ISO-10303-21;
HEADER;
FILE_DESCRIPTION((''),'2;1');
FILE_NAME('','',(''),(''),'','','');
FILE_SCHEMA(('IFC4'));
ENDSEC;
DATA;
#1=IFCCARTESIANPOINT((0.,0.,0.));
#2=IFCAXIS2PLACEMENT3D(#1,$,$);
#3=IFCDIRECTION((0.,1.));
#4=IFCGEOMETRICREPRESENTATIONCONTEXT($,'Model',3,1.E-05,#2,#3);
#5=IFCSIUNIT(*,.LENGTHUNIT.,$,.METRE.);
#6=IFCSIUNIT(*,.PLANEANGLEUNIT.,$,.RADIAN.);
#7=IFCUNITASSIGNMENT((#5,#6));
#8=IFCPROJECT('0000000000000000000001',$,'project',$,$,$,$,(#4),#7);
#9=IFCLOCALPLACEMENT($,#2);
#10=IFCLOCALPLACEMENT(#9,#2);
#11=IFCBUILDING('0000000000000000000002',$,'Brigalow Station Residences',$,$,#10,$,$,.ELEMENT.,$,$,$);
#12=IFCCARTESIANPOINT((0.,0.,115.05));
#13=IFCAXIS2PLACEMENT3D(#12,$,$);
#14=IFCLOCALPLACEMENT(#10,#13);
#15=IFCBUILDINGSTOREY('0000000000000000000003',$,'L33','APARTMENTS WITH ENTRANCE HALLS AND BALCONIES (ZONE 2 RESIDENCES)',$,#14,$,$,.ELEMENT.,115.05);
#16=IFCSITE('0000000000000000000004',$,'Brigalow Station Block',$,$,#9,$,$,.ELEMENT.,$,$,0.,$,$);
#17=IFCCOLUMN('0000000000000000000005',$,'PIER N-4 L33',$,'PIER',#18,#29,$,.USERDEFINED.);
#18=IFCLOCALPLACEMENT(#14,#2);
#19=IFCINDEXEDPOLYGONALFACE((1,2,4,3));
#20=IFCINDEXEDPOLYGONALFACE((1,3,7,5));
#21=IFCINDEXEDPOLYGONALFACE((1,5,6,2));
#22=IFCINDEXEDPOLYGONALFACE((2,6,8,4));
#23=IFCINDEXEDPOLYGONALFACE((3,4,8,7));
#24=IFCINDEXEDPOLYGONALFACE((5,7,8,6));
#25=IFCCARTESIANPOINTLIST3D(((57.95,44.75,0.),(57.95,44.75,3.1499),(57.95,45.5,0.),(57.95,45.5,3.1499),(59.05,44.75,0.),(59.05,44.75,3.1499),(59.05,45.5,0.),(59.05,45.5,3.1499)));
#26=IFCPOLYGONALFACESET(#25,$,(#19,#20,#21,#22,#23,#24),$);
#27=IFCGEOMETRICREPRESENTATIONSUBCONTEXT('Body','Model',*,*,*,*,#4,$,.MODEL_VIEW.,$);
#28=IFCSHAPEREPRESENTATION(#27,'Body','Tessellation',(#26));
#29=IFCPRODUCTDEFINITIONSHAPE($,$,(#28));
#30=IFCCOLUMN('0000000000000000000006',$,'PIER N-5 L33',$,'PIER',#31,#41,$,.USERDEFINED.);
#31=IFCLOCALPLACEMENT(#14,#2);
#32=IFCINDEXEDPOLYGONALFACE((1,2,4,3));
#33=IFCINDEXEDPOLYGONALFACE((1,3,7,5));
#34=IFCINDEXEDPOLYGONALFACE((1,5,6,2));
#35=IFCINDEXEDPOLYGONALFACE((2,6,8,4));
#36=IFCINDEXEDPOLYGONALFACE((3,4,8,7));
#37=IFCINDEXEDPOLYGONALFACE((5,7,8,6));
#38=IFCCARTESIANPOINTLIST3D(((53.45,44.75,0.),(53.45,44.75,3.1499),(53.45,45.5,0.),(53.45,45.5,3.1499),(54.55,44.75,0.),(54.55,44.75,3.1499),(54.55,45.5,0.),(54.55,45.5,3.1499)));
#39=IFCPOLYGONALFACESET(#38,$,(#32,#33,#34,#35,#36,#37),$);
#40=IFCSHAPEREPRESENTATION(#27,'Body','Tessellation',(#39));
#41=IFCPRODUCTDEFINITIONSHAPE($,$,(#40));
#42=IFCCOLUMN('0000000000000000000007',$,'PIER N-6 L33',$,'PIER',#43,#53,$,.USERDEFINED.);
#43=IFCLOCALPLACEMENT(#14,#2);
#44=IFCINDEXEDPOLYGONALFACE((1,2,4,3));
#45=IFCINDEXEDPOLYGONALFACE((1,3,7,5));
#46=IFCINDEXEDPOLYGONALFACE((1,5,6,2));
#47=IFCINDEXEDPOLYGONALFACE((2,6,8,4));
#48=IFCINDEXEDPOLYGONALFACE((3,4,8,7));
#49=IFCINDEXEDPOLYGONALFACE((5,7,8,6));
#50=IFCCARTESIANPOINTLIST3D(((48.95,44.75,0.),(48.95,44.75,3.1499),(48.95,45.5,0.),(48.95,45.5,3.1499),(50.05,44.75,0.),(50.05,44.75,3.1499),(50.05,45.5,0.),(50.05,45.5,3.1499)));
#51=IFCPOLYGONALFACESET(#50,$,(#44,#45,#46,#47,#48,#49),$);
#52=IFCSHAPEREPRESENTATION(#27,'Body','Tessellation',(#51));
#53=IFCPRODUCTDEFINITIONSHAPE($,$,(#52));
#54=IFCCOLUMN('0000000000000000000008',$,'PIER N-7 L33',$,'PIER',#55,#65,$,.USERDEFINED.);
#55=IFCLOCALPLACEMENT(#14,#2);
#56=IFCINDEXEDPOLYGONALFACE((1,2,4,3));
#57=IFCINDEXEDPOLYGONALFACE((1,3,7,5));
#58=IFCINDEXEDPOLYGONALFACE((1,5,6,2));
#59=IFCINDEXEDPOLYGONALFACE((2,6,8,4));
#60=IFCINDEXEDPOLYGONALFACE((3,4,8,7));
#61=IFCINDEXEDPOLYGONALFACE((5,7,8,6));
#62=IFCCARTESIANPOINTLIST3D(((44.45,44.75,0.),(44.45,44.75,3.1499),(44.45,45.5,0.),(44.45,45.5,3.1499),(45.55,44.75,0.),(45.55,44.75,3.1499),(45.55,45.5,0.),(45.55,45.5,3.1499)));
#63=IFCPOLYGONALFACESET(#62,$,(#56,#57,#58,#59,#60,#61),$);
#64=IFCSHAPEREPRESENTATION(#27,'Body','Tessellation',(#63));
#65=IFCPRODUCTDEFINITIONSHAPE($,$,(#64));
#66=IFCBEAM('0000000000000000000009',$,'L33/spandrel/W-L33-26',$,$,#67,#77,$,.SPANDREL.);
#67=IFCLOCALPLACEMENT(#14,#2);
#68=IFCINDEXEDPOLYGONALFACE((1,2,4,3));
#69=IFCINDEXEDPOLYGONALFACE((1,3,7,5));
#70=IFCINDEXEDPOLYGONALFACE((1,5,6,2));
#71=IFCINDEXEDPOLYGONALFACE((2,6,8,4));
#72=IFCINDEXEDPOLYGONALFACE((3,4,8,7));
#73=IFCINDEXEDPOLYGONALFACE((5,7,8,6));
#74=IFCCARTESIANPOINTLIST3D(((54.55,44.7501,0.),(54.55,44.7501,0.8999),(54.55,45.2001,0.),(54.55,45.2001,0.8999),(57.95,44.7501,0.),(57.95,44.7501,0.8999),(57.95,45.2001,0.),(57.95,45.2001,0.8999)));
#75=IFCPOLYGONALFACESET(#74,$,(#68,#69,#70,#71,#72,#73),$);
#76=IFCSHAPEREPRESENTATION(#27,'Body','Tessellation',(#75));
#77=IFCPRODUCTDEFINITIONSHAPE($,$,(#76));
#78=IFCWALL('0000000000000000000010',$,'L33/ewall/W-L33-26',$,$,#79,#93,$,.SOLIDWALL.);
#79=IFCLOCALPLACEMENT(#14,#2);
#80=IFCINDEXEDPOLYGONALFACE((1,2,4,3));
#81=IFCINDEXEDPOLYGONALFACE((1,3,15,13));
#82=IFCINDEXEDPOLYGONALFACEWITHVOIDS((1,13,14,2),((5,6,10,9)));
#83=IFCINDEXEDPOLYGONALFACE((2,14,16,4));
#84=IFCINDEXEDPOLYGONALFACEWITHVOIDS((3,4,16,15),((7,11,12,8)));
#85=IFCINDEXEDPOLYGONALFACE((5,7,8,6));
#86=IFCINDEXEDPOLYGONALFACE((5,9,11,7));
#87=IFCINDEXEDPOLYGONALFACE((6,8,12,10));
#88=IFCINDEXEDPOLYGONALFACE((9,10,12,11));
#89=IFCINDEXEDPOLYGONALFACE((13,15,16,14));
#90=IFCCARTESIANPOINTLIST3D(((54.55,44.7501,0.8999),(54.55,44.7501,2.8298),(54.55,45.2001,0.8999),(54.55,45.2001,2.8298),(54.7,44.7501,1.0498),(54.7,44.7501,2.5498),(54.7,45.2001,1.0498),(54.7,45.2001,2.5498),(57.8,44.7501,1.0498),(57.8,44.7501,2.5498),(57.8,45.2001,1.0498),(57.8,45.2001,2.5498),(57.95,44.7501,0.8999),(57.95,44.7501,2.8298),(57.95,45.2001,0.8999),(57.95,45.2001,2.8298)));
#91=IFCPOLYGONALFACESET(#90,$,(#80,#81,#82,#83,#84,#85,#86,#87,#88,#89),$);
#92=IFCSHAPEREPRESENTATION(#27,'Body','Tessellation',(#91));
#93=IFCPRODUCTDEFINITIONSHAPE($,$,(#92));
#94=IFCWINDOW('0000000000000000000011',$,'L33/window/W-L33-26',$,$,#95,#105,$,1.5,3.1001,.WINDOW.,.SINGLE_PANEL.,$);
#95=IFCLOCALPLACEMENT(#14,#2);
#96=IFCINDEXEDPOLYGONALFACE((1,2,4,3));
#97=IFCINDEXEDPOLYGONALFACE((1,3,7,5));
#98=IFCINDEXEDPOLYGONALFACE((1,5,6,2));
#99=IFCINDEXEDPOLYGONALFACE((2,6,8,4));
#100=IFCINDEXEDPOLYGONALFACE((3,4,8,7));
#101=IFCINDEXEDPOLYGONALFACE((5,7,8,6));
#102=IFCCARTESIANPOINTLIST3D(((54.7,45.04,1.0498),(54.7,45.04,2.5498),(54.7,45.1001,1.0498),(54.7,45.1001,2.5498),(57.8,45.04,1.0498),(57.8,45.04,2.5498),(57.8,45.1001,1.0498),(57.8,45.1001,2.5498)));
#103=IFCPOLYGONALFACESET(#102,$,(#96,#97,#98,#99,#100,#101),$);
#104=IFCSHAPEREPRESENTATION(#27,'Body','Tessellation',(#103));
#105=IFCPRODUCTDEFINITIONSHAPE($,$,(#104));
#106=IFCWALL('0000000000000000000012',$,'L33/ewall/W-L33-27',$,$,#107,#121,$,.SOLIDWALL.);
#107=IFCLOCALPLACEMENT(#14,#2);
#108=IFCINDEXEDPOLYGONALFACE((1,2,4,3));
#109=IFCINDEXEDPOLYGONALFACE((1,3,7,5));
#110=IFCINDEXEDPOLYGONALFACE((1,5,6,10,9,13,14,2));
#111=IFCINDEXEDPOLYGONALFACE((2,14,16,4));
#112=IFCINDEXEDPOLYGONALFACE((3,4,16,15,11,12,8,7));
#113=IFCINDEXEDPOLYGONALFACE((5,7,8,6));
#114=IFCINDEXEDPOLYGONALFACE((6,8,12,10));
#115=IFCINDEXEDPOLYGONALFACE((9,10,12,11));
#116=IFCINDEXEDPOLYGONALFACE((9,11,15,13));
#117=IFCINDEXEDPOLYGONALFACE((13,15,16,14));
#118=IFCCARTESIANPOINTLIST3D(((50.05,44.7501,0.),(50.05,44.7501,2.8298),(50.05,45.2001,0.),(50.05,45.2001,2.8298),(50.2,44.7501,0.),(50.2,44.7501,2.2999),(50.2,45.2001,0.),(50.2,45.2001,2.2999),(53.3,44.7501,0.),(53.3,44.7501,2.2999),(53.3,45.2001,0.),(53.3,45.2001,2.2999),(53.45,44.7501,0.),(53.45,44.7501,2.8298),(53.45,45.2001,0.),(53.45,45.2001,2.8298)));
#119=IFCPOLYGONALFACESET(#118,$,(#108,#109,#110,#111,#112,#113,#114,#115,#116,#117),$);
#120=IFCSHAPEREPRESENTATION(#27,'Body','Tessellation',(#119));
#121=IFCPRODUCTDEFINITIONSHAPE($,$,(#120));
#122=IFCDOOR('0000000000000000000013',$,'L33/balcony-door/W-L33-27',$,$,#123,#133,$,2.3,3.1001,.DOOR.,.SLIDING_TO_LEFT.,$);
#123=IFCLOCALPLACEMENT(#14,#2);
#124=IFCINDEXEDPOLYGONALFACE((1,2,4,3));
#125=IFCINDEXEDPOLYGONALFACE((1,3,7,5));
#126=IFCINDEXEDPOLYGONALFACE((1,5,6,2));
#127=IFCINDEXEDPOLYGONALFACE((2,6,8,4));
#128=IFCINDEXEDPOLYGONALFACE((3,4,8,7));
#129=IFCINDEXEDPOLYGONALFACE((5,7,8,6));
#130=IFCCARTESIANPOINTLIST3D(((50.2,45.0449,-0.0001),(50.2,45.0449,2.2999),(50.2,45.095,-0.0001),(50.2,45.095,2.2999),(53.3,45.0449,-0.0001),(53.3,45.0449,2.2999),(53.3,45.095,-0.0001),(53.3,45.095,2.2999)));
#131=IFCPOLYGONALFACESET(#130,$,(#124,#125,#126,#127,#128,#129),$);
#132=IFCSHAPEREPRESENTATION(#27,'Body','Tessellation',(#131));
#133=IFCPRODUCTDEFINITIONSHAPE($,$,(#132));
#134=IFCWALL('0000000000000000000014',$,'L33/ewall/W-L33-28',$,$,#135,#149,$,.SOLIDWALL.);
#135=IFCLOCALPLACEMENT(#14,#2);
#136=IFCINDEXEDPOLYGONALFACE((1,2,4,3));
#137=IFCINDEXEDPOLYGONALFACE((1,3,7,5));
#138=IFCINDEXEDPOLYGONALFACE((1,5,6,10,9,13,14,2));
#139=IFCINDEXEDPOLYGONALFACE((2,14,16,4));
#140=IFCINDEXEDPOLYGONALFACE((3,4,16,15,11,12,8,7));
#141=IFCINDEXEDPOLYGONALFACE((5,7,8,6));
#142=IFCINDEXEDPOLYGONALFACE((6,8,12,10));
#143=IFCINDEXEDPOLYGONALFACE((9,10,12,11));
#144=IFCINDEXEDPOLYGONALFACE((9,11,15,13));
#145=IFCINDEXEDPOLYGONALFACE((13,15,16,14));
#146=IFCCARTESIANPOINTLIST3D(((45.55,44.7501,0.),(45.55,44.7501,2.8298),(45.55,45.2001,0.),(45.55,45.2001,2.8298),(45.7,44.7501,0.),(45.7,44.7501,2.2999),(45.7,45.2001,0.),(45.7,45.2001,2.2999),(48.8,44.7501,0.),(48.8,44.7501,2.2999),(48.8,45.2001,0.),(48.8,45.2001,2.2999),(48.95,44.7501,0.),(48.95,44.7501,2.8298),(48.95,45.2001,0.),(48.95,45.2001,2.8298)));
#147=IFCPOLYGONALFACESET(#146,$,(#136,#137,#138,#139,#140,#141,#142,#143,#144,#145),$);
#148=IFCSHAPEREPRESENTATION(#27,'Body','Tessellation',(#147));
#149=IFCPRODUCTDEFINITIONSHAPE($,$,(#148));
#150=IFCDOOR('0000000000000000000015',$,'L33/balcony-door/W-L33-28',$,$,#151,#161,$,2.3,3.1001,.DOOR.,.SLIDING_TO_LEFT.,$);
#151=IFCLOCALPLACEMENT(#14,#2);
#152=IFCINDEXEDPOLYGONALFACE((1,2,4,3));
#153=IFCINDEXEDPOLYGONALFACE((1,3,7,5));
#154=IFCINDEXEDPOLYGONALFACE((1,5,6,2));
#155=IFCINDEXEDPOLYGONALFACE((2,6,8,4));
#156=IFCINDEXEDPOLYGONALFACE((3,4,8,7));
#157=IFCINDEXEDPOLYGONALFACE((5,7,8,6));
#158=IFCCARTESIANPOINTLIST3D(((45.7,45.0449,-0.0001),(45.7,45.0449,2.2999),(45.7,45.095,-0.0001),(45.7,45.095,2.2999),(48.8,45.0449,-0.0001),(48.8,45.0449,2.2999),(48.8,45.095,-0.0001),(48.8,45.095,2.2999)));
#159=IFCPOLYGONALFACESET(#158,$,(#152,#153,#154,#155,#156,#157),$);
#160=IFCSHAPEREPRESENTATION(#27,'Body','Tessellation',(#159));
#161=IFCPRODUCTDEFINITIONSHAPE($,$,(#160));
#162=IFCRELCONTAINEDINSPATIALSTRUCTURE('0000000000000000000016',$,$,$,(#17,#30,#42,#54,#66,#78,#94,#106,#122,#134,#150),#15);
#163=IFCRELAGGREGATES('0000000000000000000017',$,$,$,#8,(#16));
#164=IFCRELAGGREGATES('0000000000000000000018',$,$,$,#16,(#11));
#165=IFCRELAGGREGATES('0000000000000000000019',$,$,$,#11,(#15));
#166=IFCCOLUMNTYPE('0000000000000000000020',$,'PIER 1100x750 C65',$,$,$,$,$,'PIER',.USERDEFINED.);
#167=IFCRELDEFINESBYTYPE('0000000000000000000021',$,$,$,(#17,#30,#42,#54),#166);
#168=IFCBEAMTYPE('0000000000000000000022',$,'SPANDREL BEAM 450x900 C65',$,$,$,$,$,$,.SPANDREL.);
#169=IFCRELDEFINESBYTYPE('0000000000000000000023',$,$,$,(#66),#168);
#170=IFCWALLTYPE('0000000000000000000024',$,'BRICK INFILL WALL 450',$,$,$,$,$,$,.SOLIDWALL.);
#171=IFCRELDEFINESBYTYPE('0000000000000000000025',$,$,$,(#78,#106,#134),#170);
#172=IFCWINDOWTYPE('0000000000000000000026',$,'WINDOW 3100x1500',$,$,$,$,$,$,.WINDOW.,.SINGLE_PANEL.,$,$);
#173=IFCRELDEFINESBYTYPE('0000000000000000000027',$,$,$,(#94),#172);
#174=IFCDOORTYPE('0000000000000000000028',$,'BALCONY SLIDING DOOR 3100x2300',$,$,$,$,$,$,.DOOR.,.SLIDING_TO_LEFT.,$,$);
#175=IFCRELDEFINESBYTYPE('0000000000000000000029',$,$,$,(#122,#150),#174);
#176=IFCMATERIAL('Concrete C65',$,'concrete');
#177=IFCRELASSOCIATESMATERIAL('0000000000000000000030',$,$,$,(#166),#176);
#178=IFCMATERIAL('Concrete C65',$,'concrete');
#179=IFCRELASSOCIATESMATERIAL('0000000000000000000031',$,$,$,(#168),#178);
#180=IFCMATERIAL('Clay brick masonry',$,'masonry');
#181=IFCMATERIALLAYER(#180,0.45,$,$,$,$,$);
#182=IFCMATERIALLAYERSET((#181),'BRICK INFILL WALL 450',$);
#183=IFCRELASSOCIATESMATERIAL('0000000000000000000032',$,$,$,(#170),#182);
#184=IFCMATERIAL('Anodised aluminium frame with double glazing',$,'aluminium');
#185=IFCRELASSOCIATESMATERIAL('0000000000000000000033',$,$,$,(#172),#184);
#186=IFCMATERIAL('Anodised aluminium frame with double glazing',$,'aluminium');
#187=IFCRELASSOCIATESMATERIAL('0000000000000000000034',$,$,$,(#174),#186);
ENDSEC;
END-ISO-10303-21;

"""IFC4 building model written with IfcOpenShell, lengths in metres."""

from ifc_helpers import new_model, si_unit, direction, frame, frame_2d, origin, origin_2d, place, context, subcontext, project, spatial, rectangle, extrude, material, layer, layer_set, material_profile, profile_set, type_object, element, fill, save


model = new_model("IFC4")

# Units and contexts
model_context = context("Model", 3, precision=1e-05, world=origin(), true_north=direction((0.0, 1.0)))
body_context = subcontext(model_context, "Body", "Model", "MODEL_VIEW")
ifc_project = project(units=[si_unit("LENGTHUNIT", "METRE"), si_unit("PLANEANGLEUNIT", "RADIAN")], contexts=[model_context])

# Site, building, storey
site_placement = place(None, origin())
site = spatial("IfcSite", under=ifc_project, at=site_placement, Name="Brigalow Station Block", CompositionType="ELEMENT", RefElevation=0.0)
building_placement = place(site_placement, origin())
building = spatial("IfcBuilding", under=site, at=building_placement, Name="Brigalow Station Residences", CompositionType="ELEMENT")
storey_placement = place(building_placement, frame((0.0, 0.0, 115.05)))
storey = spatial("IfcBuildingStorey", under=building, at=storey_placement, Name="L33", Description="APARTMENTS WITH ENTRANCE HALLS AND BALCONIES (ZONE 2 RESIDENCES)", CompositionType="ELEMENT", Elevation=115.05)

# Columns
ifc_material_1 = material(Name="Concrete C65", Category="concrete")
ifc_material_profile_1 = material_profile(ifc_material_1, rectangle(XDim=1.1001, YDim=0.75, at=origin_2d()), Name="RC1100x750")
ifc_profile_set_1 = profile_set([ifc_material_profile_1], Name="Concrete C65")
column_type = type_object("IfcColumnType", Name="PIER 1100x750 C65", ElementType="PIER", PredefinedType="USERDEFINED", material=ifc_profile_set_1)
for number, where, z_axis, x_axis, name in (
    (1, (58.5, 45.125, 0.0), (0.0, 0.0, 1.0), (-1.0, 0.0, 0.0), "PIER N-4 L33"),
    (2, (54.0, 45.125, 0.0), (0.0, 0.0, 1.0), (-1.0, 0.0, 0.0), "PIER N-5 L33"),
    (3, (49.5, 45.125, 0.0), (0.0, 0.0, 1.0), (-1.0, 0.0, 0.0), "PIER N-6 L33"),
    (4, (45.0, 45.125, 0.0), (0.0, 0.0, 1.0), (-1.0, 0.0, 0.0), "PIER N-7 L33"),
):
    element("IfcColumn", number, at=place(storey_placement, frame(where, z_axis=z_axis, x_axis=x_axis)), inside=storey, type_object=column_type, Name=name, ObjectType="PIER", PredefinedType="USERDEFINED", context=body_context, shape_type="SweptSolid", body=[
        extrude(rectangle(XDim=1.1001, YDim=0.75, at=origin_2d()), origin(), (0.0, 0.0, 1.0), 3.1499),
    ])

# Beam
ifc_material_2 = material(Name="Concrete C65", Category="concrete")
ifc_material_profile_2 = material_profile(ifc_material_2, rectangle(XDim=0.45, YDim=0.8999, at=origin_2d()), Name="RC450x900")
ifc_profile_set_2 = profile_set([ifc_material_profile_2], Name="Concrete C65")
beam_type = type_object("IfcBeamType", Name="SPANDREL BEAM 450x900 C65", PredefinedType="SPANDREL", material=ifc_profile_set_2)
beam_placement = place(storey_placement, frame((57.95, 44.9751, 0.45), z_axis=(-1.0, 0.0, 0.0), x_axis=(0.0, -1.0, 0.0)))
element("IfcBeam", 5, at=beam_placement, inside=storey, type_object=beam_type, Name="L33/spandrel/W-L33-26", PredefinedType="SPANDREL", context=body_context, shape_type="SweptSolid", body=[
    extrude(rectangle(XDim=0.45, YDim=0.8999, at=origin_2d()), origin(), (0.0, 0.0, 1.0), 3.3999),
])

# Wall, opening, window
ifc_material_3 = material(Name="Clay brick masonry", Category="masonry")
ifc_layer_1 = layer(ifc_material_3, 0.45)
ifc_layer_set_1 = layer_set([ifc_layer_1], Name="BRICK INFILL WALL 450")
wall_type_1 = type_object("IfcWallType", Name="BRICK INFILL WALL 450", PredefinedType="SOLIDWALL", material=ifc_layer_set_1)
wall_1_placement = place(storey_placement, frame((57.95, 44.9751, 0.8999), z_axis=(0.0, 0.0, 1.0), x_axis=(-1.0, 0.0, 0.0)))
wall_1 = element("IfcWall", 6, at=wall_1_placement, inside=storey, type_object=wall_type_1, Name="L33/ewall/W-L33-26", PredefinedType="SOLIDWALL", context=body_context, shape_type="SweptSolid", body=[
    extrude(rectangle(XDim=3.3999, YDim=0.45, at=frame_2d((1.7, 0.0))), origin(), (0.0, 0.0, 1.0), 1.9299),
])
opening_1_placement = place(wall_1_placement, frame((0.1499, 0.0, 0.1499)))
opening_1 = element("IfcOpeningElement", 7, at=opening_1_placement, cuts=wall_1, PredefinedType="OPENING", context=body_context, shape_type="SweptSolid", body=[
    extrude(rectangle(XDim=3.1001, YDim=1.5, at=frame_2d((1.55, 0.75))), frame((0.0, 0.2349, 0.0), z_axis=(0.0, -1.0, 0.0), x_axis=(1.0, 0.0, 0.0)), (0.0, 0.0, 1.0), 0.47),
])
ifc_material_4 = material(Name="Anodised aluminium frame with double glazing", Category="aluminium")
window_type = type_object("IfcWindowType", Name="WINDOW 3100x1500", PartitioningType="SINGLE_PANEL", PredefinedType="WINDOW", material=ifc_material_4)
window_placement = place(opening_1_placement, origin())
window = element("IfcWindow", 8, at=window_placement, inside=storey, type_object=window_type, Name="L33/window/W-L33-26", OverallHeight=1.5, OverallWidth=3.1001, PartitioningType="SINGLE_PANEL", PredefinedType="WINDOW", context=body_context, shape_type="SweptSolid", body=[
    extrude(rectangle(XDim=3.1001, YDim=1.5, at=frame_2d((1.55, 0.75))), frame((0.0, -0.0649, 0.0), z_axis=(0.0, -1.0, 0.0), x_axis=(1.0, 0.0, 0.0)), (0.0, 0.0, 1.0), 0.0601),
])
fill(opening_1, window)

# Walls, openings, doors
wall_2_placement = place(storey_placement, frame((53.45, 44.9751, 0.0), z_axis=(0.0, 0.0, 1.0), x_axis=(-1.0, 0.0, 0.0)))
wall_2 = element("IfcWall", 9, at=wall_2_placement, inside=storey, type_object=wall_type_1, Name="L33/ewall/W-L33-27", PredefinedType="SOLIDWALL", context=body_context, shape_type="SweptSolid", body=[
    extrude(rectangle(XDim=3.3999, YDim=0.45, at=frame_2d((1.7, 0.0))), origin(), (0.0, 0.0, 1.0), 2.8298),
])
opening_2_placement = place(wall_2_placement, frame((0.1499, 0.0, 0.0)))
opening_2 = element("IfcOpeningElement", 10, at=opening_2_placement, cuts=wall_2, PredefinedType="OPENING", context=body_context, shape_type="SweptSolid", body=[
    extrude(rectangle(XDim=3.1001, YDim=2.3, at=frame_2d((1.55, 1.1499))), frame((0.0, 0.2349, 0.0), z_axis=(0.0, -1.0, 0.0), x_axis=(1.0, 0.0, 0.0)), (0.0, 0.0, 1.0), 0.47),
])
ifc_material_5 = material(Name="Anodised aluminium frame with double glazing", Category="aluminium")
door_type_1 = type_object("IfcDoorType", Name="BALCONY SLIDING DOOR 3100x2300", OperationType="SLIDING_TO_LEFT", PredefinedType="DOOR", material=ifc_material_5)
door_1_placement = place(opening_2_placement, origin())
door_1 = element("IfcDoor", 11, at=door_1_placement, inside=storey, type_object=door_type_1, Name="L33/balcony-door/W-L33-27", OperationType="SLIDING_TO_LEFT", OverallHeight=2.3, OverallWidth=3.1001, PredefinedType="DOOR", context=body_context, shape_type="SweptSolid", body=[
    extrude(rectangle(XDim=3.1001, YDim=2.3, at=frame_2d((1.55, 1.1499))), frame((0.0, -0.0698, 0.0), z_axis=(0.0, -1.0, 0.0), x_axis=(1.0, 0.0, 0.0)), (0.0, 0.0, 1.0), 0.05),
])
fill(opening_2, door_1)
wall_3_placement = place(storey_placement, frame((48.95, 44.9751, 0.0), z_axis=(0.0, 0.0, 1.0), x_axis=(-1.0, 0.0, 0.0)))
wall_3 = element("IfcWall", 12, at=wall_3_placement, inside=storey, type_object=wall_type_1, Name="L33/ewall/W-L33-28", PredefinedType="SOLIDWALL", context=body_context, shape_type="SweptSolid", body=[
    extrude(rectangle(XDim=3.3999, YDim=0.45, at=frame_2d((1.7, 0.0))), origin(), (0.0, 0.0, 1.0), 2.8298),
])
opening_3_placement = place(wall_3_placement, frame((0.1499, 0.0, 0.0)))
opening_3 = element("IfcOpeningElement", 13, at=opening_3_placement, cuts=wall_3, PredefinedType="OPENING", context=body_context, shape_type="SweptSolid", body=[
    extrude(rectangle(XDim=3.1001, YDim=2.3, at=frame_2d((1.55, 1.1499))), frame((0.0, 0.2349, 0.0), z_axis=(0.0, -1.0, 0.0), x_axis=(1.0, 0.0, 0.0)), (0.0, 0.0, 1.0), 0.47),
])
door_2_placement = place(opening_3_placement, origin())
door_2 = element("IfcDoor", 14, at=door_2_placement, inside=storey, type_object=door_type_1, Name="L33/balcony-door/W-L33-28", OperationType="SLIDING_TO_LEFT", OverallHeight=2.3, OverallWidth=3.1001, PredefinedType="DOOR", context=body_context, shape_type="SweptSolid", body=[
    extrude(rectangle(XDim=3.1001, YDim=2.3, at=frame_2d((1.55, 1.1499))), frame((0.0, -0.0698, 0.0), z_axis=(0.0, -1.0, 0.0), x_axis=(1.0, 0.0, 0.0)), (0.0, 0.0, 1.0), 0.05),
])
fill(opening_3, door_2)

save(model, "model.ifc")
